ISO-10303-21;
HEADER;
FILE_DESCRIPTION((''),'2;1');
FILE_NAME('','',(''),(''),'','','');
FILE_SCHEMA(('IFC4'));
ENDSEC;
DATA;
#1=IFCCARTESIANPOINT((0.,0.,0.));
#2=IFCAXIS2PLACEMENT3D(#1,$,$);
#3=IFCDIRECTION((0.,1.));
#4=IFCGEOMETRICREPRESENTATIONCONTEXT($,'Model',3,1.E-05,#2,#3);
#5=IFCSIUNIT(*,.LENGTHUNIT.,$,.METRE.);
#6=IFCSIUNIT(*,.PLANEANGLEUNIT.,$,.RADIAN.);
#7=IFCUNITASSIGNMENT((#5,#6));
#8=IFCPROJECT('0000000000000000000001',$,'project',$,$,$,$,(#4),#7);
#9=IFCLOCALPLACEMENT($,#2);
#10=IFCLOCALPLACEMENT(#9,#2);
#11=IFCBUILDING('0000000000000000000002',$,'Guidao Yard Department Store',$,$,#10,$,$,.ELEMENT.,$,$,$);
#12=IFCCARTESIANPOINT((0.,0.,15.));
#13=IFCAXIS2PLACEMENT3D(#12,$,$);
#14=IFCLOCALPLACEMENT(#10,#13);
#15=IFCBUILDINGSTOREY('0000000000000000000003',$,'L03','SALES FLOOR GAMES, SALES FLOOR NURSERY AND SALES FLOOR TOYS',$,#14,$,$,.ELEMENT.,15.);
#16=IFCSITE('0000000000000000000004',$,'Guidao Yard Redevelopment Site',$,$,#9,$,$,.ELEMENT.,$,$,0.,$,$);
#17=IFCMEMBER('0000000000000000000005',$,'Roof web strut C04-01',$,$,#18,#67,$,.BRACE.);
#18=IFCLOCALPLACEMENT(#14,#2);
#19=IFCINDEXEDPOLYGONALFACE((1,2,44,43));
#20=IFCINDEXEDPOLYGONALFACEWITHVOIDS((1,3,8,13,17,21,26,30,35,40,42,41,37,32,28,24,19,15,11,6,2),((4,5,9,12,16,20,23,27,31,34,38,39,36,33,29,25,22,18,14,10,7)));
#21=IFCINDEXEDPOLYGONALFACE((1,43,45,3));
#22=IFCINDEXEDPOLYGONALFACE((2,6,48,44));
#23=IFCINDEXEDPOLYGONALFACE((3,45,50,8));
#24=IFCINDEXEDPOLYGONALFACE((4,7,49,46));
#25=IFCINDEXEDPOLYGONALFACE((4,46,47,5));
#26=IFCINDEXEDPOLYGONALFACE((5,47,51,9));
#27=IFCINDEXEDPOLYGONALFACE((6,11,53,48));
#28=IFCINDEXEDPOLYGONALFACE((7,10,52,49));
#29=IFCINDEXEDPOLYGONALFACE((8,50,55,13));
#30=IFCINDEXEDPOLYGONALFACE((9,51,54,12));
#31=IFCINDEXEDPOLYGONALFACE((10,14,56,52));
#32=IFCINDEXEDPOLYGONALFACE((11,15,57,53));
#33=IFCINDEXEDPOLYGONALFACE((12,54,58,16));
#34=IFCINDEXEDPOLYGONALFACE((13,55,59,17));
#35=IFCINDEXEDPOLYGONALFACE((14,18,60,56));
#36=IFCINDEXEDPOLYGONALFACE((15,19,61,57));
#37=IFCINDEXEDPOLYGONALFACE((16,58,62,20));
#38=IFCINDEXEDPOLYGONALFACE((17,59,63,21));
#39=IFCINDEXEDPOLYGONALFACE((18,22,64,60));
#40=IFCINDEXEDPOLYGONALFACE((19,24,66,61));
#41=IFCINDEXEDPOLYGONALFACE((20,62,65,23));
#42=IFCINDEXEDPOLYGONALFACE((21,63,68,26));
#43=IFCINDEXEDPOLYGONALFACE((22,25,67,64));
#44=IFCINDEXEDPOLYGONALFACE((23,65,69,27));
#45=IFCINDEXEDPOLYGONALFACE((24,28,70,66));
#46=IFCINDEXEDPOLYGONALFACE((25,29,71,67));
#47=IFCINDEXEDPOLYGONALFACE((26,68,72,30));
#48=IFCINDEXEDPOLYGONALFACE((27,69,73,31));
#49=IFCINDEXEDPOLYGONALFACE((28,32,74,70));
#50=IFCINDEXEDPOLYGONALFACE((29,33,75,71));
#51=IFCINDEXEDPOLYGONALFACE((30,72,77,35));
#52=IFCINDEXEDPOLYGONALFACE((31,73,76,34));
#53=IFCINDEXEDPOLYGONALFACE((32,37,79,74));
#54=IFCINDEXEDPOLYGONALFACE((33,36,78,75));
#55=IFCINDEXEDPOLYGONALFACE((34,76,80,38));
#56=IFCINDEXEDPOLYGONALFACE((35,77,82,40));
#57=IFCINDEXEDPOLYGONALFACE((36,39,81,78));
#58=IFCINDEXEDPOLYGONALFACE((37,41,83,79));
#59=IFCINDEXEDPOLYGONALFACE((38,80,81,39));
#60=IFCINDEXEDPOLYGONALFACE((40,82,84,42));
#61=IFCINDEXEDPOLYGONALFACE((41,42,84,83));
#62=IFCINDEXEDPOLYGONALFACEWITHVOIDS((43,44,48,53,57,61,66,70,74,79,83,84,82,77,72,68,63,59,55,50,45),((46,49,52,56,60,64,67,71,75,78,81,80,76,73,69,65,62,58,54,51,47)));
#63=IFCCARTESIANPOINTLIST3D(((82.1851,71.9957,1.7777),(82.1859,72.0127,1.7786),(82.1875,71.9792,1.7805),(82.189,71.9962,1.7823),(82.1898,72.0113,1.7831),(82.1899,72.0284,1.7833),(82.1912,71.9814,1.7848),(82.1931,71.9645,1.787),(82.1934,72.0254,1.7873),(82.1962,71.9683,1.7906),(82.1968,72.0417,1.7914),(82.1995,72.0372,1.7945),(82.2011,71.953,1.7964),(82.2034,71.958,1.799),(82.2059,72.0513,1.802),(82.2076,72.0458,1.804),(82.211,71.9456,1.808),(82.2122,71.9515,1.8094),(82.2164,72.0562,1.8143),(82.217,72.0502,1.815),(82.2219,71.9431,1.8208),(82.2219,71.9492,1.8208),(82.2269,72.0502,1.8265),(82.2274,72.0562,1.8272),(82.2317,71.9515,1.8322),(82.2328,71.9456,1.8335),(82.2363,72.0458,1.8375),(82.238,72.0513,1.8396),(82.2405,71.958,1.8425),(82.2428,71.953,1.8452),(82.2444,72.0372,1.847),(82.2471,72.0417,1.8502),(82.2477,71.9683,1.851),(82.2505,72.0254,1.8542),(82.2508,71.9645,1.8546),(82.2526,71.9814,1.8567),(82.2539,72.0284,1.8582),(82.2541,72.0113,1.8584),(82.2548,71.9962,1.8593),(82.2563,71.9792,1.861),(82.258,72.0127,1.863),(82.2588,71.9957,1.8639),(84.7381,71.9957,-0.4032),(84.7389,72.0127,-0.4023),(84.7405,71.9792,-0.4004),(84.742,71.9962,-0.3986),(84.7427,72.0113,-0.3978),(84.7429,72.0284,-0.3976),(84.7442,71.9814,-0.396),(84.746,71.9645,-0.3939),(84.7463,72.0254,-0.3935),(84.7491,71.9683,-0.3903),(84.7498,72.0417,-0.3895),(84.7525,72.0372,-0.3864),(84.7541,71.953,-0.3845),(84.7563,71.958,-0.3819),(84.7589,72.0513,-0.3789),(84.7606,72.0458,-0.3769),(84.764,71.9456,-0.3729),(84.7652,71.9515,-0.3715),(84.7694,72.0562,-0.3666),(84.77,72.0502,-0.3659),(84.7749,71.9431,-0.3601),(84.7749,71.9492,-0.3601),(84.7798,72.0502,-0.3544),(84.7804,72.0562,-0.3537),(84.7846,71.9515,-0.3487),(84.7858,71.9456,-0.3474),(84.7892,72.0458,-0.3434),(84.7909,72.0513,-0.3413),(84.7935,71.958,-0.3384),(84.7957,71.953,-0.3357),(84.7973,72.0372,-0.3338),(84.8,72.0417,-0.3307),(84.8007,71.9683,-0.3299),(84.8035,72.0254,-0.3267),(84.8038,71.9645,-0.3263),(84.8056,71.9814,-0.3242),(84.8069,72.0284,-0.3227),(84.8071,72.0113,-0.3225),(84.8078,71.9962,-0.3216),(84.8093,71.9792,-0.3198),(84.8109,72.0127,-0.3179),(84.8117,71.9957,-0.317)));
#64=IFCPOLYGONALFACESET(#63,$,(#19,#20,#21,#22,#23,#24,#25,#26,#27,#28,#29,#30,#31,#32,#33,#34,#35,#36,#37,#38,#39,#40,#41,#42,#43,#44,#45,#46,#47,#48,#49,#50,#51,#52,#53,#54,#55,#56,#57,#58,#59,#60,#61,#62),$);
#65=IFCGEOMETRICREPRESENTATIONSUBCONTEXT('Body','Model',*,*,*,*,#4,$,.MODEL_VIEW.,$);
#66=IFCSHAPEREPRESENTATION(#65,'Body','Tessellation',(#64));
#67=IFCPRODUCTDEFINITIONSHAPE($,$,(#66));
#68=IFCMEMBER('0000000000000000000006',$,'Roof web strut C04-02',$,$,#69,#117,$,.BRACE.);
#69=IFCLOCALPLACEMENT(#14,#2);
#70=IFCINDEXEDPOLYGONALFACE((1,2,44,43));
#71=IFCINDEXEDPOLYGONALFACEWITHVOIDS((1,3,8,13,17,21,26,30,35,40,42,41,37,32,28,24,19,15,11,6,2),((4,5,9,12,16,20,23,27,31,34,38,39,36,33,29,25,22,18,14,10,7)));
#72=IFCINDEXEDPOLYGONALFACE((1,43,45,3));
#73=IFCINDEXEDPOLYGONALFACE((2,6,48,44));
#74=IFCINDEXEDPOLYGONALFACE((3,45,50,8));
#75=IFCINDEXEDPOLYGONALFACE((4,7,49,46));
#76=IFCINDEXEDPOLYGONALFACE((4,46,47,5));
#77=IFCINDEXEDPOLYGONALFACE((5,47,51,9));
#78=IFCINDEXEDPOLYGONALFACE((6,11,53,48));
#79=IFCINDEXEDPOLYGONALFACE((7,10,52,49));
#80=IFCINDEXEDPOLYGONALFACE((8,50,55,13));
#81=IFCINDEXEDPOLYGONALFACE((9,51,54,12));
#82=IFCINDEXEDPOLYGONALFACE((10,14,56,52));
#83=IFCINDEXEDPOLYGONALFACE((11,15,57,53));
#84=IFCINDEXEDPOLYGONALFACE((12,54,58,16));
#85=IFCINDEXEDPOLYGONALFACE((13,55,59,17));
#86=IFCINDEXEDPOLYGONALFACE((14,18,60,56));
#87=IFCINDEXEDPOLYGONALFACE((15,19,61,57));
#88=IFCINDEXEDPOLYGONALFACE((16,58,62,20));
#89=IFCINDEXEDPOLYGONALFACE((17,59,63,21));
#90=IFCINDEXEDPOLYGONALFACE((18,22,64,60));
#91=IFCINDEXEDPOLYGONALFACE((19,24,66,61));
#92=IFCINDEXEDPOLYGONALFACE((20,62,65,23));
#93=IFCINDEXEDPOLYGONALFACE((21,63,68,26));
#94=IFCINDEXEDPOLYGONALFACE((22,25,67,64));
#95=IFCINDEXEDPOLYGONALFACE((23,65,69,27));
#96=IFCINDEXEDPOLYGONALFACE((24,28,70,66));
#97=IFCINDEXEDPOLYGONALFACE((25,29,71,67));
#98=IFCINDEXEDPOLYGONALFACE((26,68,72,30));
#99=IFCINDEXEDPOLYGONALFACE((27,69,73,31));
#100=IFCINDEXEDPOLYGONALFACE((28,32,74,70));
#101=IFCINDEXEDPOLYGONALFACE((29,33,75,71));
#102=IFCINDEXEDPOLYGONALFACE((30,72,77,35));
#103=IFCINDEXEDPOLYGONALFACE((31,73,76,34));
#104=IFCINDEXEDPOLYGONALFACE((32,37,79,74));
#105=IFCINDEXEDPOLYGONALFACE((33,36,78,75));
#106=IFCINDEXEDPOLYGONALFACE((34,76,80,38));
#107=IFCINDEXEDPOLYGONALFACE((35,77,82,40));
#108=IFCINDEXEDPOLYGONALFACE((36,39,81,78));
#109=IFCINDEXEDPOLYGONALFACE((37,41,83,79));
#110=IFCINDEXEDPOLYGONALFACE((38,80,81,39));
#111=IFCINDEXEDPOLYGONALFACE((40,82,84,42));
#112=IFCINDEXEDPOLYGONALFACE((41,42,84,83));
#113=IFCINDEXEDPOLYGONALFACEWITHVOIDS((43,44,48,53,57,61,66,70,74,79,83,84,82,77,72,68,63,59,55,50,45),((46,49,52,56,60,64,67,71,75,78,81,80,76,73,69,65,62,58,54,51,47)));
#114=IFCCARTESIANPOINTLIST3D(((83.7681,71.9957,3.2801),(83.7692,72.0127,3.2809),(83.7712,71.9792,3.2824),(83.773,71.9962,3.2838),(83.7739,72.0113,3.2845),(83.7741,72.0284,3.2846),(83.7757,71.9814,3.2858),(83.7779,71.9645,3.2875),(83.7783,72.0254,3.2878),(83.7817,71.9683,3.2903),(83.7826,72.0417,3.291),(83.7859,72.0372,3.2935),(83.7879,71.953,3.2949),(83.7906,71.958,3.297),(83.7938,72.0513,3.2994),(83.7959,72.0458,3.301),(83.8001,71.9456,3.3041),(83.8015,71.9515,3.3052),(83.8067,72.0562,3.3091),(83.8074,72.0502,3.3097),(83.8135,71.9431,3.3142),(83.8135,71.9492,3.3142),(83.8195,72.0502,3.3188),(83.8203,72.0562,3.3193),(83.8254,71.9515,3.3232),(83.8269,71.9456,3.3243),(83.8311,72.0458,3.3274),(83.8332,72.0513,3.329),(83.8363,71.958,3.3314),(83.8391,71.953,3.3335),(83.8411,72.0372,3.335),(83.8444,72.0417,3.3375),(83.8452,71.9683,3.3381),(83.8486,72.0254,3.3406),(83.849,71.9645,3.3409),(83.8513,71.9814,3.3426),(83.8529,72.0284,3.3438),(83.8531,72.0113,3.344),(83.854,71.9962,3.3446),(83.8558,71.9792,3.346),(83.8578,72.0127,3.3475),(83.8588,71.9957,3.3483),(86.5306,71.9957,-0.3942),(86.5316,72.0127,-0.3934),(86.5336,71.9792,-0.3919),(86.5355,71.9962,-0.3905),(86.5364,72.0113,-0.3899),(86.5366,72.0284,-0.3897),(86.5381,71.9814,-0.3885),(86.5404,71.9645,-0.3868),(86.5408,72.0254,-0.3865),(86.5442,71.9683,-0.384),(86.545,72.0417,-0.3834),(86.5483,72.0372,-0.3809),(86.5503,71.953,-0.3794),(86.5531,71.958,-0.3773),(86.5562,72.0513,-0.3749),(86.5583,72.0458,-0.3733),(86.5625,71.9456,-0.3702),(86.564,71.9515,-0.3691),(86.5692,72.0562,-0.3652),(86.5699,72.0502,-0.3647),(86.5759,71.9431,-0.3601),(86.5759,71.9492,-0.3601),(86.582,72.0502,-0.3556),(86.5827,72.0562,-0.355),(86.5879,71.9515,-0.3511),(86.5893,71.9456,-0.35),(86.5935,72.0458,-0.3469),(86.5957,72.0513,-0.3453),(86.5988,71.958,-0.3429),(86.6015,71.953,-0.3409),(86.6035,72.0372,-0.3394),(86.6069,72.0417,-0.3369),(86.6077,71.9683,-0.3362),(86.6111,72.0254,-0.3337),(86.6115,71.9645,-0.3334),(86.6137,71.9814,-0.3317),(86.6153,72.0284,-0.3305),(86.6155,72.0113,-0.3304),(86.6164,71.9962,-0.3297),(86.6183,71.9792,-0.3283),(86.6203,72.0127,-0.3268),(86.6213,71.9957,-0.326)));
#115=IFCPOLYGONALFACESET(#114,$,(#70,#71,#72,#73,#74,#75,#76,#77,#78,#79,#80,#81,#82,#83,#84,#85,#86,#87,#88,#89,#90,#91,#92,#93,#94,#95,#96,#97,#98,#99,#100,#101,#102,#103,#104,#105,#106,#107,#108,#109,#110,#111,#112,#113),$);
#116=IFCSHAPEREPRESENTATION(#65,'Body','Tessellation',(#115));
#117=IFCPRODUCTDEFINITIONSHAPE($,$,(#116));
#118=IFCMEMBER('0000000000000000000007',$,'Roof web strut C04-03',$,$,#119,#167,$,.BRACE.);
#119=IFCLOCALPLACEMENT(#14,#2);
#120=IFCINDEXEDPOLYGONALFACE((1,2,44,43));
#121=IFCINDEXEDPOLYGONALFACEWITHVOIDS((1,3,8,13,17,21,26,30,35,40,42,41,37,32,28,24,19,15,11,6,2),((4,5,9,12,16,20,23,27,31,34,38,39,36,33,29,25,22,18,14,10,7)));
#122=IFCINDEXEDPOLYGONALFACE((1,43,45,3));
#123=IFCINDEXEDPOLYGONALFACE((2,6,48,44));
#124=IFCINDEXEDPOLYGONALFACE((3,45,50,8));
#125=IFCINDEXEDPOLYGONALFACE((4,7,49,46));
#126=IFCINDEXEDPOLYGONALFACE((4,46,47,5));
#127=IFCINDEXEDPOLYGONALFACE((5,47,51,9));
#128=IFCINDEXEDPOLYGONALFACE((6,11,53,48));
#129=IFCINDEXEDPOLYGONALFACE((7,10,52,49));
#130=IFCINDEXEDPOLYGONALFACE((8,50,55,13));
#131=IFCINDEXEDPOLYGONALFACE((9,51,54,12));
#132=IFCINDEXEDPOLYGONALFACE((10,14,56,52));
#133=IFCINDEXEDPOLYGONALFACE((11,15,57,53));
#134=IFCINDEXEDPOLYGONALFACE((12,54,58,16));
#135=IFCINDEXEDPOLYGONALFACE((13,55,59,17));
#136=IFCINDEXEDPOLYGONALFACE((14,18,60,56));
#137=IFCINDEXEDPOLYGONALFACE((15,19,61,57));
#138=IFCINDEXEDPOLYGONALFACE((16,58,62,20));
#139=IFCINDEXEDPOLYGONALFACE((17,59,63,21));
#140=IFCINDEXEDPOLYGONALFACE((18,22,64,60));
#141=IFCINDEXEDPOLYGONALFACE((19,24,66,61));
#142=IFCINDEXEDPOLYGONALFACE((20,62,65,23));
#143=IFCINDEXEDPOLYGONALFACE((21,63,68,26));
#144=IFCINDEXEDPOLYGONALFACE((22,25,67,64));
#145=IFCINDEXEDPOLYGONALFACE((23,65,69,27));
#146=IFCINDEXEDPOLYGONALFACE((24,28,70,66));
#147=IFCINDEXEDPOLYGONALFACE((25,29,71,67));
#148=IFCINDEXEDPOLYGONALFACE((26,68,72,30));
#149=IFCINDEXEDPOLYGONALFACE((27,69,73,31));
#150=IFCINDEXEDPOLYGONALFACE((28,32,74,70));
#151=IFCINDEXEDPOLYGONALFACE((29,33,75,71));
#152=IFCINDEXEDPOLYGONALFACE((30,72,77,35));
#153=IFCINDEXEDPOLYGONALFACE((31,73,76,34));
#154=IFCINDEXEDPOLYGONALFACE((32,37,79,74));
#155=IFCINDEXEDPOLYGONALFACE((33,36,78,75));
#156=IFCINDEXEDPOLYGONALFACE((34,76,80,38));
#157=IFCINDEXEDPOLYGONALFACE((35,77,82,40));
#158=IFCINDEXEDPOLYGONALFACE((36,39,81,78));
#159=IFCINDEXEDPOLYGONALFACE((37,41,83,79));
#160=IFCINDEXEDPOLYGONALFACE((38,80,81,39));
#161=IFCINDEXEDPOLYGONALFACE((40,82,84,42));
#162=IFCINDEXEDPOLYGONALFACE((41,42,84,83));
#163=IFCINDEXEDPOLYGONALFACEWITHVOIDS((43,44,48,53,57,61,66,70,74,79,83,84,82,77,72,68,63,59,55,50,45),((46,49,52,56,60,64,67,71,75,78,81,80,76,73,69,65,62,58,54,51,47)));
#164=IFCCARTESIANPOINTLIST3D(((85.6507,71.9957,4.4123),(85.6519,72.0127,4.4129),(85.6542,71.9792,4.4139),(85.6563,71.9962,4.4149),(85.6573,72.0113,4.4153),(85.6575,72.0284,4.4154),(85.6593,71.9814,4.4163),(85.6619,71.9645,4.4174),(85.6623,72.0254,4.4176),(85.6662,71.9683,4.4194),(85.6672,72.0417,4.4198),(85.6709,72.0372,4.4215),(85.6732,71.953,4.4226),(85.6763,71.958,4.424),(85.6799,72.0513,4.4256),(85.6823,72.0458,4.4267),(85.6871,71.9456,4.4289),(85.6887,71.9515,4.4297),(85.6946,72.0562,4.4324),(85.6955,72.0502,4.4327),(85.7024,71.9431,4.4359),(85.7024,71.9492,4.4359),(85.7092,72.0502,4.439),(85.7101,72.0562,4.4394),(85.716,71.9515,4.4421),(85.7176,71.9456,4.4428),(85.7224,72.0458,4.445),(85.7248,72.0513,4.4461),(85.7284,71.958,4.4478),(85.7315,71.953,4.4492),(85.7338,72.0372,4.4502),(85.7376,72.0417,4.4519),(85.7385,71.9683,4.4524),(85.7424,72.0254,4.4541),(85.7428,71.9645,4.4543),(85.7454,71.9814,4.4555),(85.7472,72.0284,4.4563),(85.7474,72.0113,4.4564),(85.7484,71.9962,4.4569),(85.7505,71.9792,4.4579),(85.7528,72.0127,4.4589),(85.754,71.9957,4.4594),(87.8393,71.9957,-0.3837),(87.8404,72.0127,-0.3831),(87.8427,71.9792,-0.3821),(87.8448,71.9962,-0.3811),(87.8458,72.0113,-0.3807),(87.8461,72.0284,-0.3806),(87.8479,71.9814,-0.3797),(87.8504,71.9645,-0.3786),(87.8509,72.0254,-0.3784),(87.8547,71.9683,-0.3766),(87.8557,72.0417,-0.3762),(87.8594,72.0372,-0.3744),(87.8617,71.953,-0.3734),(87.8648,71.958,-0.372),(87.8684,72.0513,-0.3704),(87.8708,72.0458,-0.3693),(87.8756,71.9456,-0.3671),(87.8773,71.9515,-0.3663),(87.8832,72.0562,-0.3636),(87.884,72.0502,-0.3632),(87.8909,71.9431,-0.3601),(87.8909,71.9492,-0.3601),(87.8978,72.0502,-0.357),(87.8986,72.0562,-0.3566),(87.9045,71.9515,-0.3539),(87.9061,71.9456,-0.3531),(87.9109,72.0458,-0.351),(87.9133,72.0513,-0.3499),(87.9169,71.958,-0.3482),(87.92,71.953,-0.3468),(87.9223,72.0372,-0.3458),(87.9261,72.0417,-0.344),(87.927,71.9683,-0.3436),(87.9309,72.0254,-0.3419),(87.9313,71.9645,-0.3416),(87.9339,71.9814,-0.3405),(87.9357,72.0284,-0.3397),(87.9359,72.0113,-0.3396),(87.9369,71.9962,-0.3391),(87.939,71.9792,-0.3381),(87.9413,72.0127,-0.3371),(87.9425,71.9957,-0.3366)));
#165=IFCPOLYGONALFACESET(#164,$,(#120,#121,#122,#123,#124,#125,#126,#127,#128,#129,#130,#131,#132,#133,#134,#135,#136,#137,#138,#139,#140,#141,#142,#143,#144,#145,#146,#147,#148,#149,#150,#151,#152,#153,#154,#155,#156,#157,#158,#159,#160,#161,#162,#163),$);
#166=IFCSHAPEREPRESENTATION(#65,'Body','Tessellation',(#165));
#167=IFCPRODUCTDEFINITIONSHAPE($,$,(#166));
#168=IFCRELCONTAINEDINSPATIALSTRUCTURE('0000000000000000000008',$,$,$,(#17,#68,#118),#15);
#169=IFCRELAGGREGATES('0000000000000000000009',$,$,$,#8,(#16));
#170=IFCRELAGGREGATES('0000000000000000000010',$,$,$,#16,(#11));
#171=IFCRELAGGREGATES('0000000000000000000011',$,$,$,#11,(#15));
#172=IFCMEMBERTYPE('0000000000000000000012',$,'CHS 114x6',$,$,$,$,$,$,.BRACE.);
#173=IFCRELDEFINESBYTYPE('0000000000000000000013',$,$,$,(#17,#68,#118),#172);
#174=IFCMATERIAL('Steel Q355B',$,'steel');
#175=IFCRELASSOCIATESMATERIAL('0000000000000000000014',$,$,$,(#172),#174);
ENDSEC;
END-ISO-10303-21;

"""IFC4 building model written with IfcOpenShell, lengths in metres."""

from ifc_helpers import new_model, si_unit, direction, frame, origin, origin_2d, place, context, subcontext, project, spatial, hollow_circle, extrude, material, material_profile, profile_set, type_object, element, save


model = new_model("IFC4")

# Units and contexts
model_context = context("Model", 3, precision=1e-05, world=origin(), true_north=direction((0.0, 1.0)))
body_context = subcontext(model_context, "Body", "Model", "MODEL_VIEW")
ifc_project = project(units=[si_unit("LENGTHUNIT", "METRE"), si_unit("PLANEANGLEUNIT", "RADIAN")], contexts=[model_context])

# Site, building, storey
site_placement = place(None, origin())
site = spatial("IfcSite", under=ifc_project, at=site_placement, Name="Guidao Yard Redevelopment Site", CompositionType="ELEMENT", RefElevation=0.0)
building_placement = place(site_placement, origin())
building = spatial("IfcBuilding", under=site, at=building_placement, Name="Guidao Yard Department Store", CompositionType="ELEMENT")
storey_placement = place(building_placement, frame((0.0, 0.0, 15.0)))
storey = spatial("IfcBuildingStorey", under=building, at=storey_placement, Name="L03", Description="SALES FLOOR GAMES, SALES FLOOR NURSERY AND SALES FLOOR TOYS", CompositionType="ELEMENT", Elevation=15.0)

# Members
ifc_material_1 = material(Name="Steel Q355B", Category="steel")
ifc_material_profile_1 = material_profile(ifc_material_1, hollow_circle(Radius=0.0569, WallThickness=0.0061, at=origin_2d()), Name="CHS 114x6")
ifc_profile_set_1 = profile_set([ifc_material_profile_1], Name="Steel Q355B")
member_type_1 = type_object("IfcMemberType", Name="CHS 114x6", PredefinedType="BRACE", material=ifc_profile_set_1)
member_1_placement = place(storey_placement, frame((84.7749, 72.0, -0.3601), z_axis=(-0.760339, 0.0, 0.649527), x_axis=(0.0, -1.0, 0.0)))
element("IfcMember", 1, at=member_1_placement, inside=storey, type_object=member_type_1, Name="Roof web strut C04-01", PredefinedType="BRACE", context=body_context, shape_type="SweptSolid", body=[
    extrude(hollow_circle(Radius=0.0569, WallThickness=0.0061, at=origin_2d()), origin(), (0.0, 0.0, 1.0), 3.3577),
])
member_2_placement = place(storey_placement, frame((86.5759, 72.0, -0.3601), z_axis=(-0.600934, 0.0, 0.799298), x_axis=(0.0, -1.0, 0.0)))
element("IfcMember", 2, at=member_2_placement, inside=storey, type_object=member_type_1, Name="Roof web strut C04-02", PredefinedType="BRACE", context=body_context, shape_type="SweptSolid", body=[
    extrude(hollow_circle(Radius=0.0569, WallThickness=0.0061, at=origin_2d()), origin(), (0.0, 0.0, 1.0), 4.5969),
])
member_3_placement = place(storey_placement, frame((87.8909, 72.0, -0.3601), z_axis=(-0.415142, 0.0, 0.909756), x_axis=(0.0, -1.0, 0.0)))
element("IfcMember", 3, at=member_3_placement, inside=storey, type_object=member_type_1, Name="Roof web strut C04-03", PredefinedType="BRACE", context=body_context, shape_type="SweptSolid", body=[
    extrude(hollow_circle(Radius=0.0569, WallThickness=0.0061, at=origin_2d()), origin(), (0.0, 0.0, 1.0), 5.2717),
])

save(model, "model.ifc")
